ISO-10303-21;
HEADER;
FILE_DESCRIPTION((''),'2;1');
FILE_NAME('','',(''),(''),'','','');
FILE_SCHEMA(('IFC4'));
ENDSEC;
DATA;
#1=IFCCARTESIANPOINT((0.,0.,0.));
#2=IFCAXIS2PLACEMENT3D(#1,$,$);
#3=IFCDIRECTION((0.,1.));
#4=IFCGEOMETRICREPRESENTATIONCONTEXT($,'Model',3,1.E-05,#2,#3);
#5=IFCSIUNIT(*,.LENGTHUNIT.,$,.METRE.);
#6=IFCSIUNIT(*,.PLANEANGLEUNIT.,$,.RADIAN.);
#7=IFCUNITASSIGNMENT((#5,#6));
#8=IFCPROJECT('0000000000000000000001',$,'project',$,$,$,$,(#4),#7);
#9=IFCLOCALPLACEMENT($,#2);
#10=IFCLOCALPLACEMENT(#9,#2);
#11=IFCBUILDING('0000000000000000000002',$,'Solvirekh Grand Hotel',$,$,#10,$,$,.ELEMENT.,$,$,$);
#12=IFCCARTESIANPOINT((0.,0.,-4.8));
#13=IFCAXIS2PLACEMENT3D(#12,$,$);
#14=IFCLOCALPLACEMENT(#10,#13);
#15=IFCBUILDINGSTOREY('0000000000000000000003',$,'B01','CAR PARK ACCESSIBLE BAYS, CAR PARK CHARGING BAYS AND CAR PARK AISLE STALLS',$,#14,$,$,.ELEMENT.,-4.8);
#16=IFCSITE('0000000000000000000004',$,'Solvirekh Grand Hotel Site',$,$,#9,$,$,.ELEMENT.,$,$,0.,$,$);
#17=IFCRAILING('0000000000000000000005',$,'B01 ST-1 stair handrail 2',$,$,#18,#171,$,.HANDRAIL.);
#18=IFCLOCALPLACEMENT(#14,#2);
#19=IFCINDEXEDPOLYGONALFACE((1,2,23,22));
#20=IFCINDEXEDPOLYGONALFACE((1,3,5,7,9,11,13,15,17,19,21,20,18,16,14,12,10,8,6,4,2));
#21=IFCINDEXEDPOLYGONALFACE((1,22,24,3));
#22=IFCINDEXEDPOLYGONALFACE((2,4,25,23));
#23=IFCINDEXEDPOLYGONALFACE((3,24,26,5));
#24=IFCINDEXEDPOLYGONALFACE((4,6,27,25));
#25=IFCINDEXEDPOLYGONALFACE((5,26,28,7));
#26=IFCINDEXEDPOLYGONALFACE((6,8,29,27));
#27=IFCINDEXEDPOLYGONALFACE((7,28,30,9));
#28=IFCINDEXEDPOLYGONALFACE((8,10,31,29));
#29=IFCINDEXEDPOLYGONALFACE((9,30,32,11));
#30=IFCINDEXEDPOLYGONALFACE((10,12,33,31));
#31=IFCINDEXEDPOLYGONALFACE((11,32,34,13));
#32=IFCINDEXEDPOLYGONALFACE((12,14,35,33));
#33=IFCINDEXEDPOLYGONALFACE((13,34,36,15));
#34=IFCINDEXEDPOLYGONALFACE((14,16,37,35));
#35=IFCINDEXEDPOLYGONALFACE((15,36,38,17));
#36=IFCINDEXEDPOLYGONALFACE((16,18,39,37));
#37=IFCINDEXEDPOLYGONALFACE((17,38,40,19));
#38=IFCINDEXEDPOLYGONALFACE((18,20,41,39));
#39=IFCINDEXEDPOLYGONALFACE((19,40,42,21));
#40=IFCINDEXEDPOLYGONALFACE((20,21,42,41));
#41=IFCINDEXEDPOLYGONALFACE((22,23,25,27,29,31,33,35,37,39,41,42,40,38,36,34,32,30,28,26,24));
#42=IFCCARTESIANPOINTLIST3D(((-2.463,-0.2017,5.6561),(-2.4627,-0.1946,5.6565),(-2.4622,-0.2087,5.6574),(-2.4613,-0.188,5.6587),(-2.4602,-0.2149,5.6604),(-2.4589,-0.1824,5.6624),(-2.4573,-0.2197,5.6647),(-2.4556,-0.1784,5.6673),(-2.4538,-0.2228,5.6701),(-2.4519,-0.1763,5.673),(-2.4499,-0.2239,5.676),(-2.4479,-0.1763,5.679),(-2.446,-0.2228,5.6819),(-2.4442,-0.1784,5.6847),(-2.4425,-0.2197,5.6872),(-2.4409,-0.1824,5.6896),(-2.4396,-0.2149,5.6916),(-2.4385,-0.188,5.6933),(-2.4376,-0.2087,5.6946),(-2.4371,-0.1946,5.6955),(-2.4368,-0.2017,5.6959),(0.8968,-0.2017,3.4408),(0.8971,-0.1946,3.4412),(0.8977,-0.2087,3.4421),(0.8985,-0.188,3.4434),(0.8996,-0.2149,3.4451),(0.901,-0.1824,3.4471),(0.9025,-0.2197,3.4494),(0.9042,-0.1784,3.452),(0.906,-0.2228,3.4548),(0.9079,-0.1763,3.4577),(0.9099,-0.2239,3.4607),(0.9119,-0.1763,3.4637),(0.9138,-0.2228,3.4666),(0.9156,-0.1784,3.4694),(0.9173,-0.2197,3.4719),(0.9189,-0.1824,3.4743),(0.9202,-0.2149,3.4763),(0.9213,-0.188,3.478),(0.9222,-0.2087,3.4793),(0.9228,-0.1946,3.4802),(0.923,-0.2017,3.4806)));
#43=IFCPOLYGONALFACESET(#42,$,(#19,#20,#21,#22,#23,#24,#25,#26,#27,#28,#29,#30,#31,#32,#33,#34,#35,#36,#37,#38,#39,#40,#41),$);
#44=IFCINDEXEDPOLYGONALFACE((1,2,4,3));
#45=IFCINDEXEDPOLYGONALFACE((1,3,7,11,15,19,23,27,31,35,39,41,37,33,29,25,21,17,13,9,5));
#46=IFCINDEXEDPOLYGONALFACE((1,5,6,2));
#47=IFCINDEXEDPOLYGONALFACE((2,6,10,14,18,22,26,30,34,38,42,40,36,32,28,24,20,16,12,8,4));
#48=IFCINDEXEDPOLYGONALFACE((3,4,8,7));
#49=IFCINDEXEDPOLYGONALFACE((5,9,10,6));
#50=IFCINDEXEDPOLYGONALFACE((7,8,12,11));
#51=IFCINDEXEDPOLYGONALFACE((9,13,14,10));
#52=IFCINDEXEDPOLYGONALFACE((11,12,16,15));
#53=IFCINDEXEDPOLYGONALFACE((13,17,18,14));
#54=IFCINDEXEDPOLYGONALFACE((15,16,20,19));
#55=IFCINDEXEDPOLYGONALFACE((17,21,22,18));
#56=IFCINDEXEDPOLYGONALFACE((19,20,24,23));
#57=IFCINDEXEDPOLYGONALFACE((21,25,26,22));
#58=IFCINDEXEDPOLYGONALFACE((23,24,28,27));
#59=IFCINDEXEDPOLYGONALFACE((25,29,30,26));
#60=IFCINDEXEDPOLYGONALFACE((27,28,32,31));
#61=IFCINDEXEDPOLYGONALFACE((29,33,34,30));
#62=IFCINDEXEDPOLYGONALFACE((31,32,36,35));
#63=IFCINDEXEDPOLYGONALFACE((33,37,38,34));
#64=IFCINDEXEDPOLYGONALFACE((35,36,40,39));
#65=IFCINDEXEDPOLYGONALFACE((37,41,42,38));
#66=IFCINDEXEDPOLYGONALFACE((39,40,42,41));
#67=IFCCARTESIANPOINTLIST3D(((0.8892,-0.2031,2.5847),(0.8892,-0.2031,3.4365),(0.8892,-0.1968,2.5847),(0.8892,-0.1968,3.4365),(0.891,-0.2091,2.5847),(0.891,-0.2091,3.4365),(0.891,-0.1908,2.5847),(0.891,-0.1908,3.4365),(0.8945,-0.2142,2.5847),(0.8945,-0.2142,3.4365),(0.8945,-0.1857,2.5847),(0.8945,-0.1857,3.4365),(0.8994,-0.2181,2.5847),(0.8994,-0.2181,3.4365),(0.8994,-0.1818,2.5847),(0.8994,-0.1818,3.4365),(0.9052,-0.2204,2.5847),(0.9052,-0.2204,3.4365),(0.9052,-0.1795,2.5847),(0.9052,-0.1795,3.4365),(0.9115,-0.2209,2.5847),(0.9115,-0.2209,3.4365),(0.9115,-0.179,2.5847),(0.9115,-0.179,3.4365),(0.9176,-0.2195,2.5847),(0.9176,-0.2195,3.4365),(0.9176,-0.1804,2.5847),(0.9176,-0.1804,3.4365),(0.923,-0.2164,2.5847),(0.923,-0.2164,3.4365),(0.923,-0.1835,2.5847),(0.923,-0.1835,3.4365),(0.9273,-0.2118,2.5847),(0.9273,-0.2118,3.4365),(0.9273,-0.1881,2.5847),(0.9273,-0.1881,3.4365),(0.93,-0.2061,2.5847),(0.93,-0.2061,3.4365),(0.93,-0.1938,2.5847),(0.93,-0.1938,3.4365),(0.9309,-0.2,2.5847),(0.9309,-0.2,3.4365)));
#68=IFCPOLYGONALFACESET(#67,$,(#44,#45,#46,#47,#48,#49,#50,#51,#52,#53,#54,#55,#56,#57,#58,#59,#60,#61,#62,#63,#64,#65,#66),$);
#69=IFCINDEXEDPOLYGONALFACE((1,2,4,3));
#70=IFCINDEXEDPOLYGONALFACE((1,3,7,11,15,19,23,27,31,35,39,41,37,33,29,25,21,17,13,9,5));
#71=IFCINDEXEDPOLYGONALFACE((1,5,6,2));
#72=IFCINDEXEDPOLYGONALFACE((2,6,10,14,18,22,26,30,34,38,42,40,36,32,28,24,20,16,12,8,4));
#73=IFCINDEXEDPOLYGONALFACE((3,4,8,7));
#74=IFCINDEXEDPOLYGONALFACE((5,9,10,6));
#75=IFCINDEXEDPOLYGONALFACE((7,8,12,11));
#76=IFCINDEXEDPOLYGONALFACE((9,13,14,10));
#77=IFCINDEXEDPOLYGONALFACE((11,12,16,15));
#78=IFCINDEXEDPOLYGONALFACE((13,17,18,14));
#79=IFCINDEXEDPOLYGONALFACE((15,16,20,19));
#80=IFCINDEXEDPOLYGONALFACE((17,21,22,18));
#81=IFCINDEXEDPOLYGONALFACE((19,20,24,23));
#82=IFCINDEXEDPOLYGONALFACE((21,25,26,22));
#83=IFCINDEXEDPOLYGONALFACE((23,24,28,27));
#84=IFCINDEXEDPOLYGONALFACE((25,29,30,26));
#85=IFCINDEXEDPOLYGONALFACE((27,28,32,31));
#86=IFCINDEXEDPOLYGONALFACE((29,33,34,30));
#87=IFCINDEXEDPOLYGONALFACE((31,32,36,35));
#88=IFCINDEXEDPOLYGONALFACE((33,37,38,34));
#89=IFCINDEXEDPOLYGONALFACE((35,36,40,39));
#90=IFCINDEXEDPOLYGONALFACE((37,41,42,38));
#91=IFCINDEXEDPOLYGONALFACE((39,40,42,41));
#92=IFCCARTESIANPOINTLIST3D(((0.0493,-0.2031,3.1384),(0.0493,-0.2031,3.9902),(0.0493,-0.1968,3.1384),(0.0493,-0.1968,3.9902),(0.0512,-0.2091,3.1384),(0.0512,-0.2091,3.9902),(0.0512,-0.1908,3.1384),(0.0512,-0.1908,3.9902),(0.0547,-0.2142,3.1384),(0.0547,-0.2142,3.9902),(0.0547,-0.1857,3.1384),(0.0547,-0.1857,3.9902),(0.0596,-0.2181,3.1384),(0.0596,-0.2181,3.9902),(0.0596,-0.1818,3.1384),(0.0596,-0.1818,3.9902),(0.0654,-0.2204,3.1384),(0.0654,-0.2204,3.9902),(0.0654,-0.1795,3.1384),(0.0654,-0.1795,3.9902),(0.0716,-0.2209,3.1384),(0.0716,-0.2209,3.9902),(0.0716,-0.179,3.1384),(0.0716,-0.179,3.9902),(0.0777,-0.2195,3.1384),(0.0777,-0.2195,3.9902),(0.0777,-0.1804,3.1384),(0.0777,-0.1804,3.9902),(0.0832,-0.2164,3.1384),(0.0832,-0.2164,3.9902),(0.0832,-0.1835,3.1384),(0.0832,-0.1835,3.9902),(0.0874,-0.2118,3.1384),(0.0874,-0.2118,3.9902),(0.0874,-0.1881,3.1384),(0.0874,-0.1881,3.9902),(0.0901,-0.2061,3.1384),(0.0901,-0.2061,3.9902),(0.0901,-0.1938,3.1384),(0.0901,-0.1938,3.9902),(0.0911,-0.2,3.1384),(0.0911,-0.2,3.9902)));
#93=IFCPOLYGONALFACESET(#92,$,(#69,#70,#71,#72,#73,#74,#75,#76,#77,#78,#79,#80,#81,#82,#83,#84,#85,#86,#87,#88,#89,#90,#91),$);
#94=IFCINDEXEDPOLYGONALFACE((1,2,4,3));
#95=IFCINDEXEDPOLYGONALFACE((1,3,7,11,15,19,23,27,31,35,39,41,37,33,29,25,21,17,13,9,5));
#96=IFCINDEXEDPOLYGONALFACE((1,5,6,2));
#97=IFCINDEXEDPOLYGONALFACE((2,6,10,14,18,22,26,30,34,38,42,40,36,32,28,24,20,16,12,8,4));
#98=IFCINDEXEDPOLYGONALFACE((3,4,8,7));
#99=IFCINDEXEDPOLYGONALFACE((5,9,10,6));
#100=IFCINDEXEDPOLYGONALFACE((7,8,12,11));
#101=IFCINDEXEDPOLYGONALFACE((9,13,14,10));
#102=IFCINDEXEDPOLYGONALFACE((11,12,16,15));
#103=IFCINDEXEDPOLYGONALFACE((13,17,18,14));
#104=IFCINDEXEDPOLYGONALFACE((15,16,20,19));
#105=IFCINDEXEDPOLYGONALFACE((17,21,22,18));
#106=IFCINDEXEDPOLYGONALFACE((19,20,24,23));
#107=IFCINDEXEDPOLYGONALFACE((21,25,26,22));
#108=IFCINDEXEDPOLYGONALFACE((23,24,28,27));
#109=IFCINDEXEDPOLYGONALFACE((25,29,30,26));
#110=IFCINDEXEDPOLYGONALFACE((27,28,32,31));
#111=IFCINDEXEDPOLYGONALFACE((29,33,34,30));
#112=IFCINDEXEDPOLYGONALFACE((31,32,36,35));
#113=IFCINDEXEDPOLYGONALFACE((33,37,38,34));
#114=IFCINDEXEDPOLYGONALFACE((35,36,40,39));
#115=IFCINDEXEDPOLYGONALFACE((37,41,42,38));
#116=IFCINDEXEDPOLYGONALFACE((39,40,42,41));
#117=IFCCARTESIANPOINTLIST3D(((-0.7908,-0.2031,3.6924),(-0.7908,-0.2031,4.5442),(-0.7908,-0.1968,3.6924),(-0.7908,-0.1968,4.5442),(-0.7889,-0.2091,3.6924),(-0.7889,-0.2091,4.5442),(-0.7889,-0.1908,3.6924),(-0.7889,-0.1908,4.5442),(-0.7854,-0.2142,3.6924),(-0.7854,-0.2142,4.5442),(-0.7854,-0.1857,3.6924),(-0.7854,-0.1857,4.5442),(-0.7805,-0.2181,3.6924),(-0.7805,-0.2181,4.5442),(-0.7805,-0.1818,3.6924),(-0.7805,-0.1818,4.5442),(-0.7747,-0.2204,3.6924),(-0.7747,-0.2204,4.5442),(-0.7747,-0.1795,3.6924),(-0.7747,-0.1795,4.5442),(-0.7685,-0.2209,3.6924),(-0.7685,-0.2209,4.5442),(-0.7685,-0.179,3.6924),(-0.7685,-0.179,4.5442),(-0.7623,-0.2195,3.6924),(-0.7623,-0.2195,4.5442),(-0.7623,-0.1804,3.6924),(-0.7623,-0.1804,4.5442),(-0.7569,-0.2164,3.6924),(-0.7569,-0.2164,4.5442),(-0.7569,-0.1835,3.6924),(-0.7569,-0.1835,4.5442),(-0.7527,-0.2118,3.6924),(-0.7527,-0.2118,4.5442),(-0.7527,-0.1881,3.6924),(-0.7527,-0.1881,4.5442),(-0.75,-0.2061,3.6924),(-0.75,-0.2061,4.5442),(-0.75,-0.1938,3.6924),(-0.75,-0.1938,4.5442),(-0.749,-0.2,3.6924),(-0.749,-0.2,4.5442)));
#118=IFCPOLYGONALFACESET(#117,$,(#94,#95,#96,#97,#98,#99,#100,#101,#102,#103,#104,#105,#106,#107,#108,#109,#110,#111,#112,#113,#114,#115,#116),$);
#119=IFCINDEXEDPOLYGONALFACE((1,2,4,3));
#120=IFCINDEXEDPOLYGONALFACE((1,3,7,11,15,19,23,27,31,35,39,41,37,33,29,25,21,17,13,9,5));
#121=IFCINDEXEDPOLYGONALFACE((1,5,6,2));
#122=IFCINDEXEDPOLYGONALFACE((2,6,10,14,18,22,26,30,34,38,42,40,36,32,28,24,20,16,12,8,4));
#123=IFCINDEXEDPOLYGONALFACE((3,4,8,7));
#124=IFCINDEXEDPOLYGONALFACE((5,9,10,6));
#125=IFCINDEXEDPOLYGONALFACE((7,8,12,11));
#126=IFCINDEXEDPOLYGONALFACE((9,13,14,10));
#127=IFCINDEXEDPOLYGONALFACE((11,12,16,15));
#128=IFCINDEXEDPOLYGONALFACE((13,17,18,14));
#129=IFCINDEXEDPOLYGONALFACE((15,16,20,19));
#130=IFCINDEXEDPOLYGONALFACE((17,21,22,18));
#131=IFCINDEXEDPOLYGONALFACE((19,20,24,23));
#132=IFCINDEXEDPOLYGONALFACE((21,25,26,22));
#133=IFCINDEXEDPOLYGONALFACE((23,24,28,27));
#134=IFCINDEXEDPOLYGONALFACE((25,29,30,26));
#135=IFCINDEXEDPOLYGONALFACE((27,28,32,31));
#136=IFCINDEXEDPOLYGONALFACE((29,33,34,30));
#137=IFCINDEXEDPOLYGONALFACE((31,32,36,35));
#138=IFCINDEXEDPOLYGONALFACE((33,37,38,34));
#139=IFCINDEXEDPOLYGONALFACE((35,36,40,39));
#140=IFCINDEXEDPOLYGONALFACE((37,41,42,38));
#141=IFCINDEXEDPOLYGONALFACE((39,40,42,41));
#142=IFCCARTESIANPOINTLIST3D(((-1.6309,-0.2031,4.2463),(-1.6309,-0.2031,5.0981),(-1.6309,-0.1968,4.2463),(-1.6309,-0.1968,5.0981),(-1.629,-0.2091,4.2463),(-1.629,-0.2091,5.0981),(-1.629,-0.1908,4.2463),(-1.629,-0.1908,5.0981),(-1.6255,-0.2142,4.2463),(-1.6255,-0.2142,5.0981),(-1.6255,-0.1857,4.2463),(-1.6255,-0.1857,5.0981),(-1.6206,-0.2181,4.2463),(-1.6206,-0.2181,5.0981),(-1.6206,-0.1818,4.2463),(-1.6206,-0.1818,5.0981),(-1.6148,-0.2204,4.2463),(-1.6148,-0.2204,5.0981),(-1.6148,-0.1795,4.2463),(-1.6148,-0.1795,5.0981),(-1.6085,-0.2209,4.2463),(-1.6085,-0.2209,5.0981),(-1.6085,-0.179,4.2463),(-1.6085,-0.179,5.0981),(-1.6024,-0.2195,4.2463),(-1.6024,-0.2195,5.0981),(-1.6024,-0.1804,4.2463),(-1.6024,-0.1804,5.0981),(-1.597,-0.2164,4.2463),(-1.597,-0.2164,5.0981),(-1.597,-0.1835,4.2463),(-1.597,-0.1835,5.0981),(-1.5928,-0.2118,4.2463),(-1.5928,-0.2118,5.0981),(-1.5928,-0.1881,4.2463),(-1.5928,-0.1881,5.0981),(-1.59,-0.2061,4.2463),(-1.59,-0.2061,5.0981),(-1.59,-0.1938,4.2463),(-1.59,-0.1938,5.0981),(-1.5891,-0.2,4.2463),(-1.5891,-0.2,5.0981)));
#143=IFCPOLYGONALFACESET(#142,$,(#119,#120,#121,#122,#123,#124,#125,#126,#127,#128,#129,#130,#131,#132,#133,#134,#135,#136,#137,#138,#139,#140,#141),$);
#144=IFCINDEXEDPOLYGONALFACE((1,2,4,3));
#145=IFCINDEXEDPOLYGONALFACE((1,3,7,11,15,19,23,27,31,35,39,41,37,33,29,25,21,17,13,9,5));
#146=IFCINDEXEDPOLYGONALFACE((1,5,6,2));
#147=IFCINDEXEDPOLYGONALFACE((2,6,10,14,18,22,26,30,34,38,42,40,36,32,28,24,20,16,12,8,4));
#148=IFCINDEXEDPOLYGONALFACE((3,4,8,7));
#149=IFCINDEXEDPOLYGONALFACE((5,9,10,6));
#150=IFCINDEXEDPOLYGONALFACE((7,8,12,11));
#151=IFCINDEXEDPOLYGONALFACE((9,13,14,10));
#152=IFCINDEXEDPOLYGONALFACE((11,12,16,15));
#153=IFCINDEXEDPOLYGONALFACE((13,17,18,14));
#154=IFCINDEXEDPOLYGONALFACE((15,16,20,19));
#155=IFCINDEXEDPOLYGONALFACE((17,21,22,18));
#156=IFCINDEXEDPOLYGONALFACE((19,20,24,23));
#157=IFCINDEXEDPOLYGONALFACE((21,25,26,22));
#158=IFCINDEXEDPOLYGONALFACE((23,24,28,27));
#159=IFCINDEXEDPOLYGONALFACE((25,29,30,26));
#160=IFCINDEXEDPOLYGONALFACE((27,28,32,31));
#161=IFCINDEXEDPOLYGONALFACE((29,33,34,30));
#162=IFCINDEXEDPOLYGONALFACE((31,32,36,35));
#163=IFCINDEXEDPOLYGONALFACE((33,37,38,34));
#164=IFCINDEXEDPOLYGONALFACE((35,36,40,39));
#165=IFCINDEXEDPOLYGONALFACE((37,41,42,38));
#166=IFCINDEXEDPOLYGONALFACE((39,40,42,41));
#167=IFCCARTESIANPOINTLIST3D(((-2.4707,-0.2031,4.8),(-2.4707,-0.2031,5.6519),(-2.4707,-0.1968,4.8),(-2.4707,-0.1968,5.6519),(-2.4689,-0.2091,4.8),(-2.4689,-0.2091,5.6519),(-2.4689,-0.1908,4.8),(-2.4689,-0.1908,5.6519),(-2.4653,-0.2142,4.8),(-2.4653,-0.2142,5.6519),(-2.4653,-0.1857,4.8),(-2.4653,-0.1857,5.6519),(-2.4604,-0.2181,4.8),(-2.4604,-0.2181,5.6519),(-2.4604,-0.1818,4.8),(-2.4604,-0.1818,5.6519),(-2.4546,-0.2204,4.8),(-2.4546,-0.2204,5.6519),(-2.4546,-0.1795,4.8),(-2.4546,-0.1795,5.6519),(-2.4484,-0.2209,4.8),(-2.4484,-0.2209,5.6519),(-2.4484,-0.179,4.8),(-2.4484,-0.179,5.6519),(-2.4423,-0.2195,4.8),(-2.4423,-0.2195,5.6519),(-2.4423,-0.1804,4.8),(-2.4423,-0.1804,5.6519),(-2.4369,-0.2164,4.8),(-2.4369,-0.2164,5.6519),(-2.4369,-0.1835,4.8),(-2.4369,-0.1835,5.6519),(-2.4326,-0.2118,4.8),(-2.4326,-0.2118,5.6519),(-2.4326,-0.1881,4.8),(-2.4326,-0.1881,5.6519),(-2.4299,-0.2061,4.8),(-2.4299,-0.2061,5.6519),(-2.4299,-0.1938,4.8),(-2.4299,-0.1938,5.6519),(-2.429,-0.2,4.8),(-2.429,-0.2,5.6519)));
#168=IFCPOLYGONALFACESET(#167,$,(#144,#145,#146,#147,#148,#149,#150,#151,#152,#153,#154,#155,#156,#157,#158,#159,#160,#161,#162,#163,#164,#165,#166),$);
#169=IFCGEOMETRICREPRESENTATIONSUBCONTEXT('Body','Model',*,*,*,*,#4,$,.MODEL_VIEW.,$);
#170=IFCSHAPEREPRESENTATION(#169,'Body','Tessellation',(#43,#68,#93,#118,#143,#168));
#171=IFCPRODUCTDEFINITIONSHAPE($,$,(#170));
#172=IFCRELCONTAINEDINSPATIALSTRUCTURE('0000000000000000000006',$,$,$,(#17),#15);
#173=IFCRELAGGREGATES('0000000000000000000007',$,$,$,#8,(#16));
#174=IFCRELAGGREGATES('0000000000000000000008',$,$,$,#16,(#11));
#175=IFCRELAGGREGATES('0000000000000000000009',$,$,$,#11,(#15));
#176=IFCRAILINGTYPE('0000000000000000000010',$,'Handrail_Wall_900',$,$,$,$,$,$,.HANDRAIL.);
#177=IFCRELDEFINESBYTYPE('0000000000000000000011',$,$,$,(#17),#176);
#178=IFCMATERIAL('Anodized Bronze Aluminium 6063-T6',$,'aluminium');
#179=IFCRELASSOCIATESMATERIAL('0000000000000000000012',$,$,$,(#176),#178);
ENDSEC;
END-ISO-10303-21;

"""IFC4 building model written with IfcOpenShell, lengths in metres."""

from ifc_helpers import new_model, si_unit, direction, frame, origin, origin_2d, place, context, subcontext, project, spatial, circle, extrude, material, type_object, element, save


model = new_model("IFC4")

# Units and contexts
model_context = context("Model", 3, precision=1e-05, world=origin(), true_north=direction((0.0, 1.0)))
body_context = subcontext(model_context, "Body", "Model", "MODEL_VIEW")
ifc_project = project(units=[si_unit("LENGTHUNIT", "METRE"), si_unit("PLANEANGLEUNIT", "RADIAN")], contexts=[model_context])

# Site, building, storey
site_placement = place(None, origin())
site = spatial("IfcSite", under=ifc_project, at=site_placement, Name="Solvirekh Grand Hotel Site", CompositionType="ELEMENT", RefElevation=0.0)
building_placement = place(site_placement, origin())
building = spatial("IfcBuilding", under=site, at=building_placement, Name="Solvirekh Grand Hotel", CompositionType="ELEMENT")
storey_placement = place(building_placement, frame((0.0, 0.0, -4.8)))
storey = spatial("IfcBuildingStorey", under=building, at=storey_placement, Name="B01", Description="CAR PARK ACCESSIBLE BAYS, CAR PARK CHARGING BAYS AND CAR PARK AISLE STALLS", CompositionType="ELEMENT", Elevation=-4.8)

# Railing
ifc_material_1 = material(Name="Anodized Bronze Aluminium 6063-T6", Category="aluminium")
railing_type_1 = type_object("IfcRailingType", Name="Handrail_Wall_900", PredefinedType="HANDRAIL", material=ifc_material_1)
for number, where, name in (
    (1, (0.9099, -0.2, 2.5847), "B01 ST-1 stair handrail 2"),
):
    element("IfcRailing", number, at=place(storey_placement, frame(where)), inside=storey, type_object=railing_type_1, Name=name, PredefinedType="HANDRAIL", context=body_context, shape_type="SweptSolid", body=[
        extrude(circle(Radius=0.0239, at=origin_2d()), frame((0.0, 0.0, 0.876), z_axis=(-0.834858, 0.0, 0.550465), x_axis=(0.0, -1.0, 0.0)), (0.0, 0.0, 1.0), 4.0244),
        extrude(circle(Radius=0.021, at=origin_2d()), origin(), (0.0, 0.0, 1.0), 0.8518),
        extrude(circle(Radius=0.021, at=origin_2d()), frame((-0.8398, 0.0, 0.5537)), (0.0, 0.0, 1.0), 0.8518),
        extrude(circle(Radius=0.021, at=origin_2d()), frame((-1.6799, 0.0, 1.1077)), (0.0, 0.0, 1.0), 0.8518),
        extrude(circle(Radius=0.021, at=origin_2d()), frame((-2.52, 0.0, 1.6616)), (0.0, 0.0, 1.0), 0.8518),
        extrude(circle(Radius=0.021, at=origin_2d()), frame((-3.3599, 0.0, 2.2153)), (0.0, 0.0, 1.0), 0.8518),
    ])

save(model, "model.ifc")
